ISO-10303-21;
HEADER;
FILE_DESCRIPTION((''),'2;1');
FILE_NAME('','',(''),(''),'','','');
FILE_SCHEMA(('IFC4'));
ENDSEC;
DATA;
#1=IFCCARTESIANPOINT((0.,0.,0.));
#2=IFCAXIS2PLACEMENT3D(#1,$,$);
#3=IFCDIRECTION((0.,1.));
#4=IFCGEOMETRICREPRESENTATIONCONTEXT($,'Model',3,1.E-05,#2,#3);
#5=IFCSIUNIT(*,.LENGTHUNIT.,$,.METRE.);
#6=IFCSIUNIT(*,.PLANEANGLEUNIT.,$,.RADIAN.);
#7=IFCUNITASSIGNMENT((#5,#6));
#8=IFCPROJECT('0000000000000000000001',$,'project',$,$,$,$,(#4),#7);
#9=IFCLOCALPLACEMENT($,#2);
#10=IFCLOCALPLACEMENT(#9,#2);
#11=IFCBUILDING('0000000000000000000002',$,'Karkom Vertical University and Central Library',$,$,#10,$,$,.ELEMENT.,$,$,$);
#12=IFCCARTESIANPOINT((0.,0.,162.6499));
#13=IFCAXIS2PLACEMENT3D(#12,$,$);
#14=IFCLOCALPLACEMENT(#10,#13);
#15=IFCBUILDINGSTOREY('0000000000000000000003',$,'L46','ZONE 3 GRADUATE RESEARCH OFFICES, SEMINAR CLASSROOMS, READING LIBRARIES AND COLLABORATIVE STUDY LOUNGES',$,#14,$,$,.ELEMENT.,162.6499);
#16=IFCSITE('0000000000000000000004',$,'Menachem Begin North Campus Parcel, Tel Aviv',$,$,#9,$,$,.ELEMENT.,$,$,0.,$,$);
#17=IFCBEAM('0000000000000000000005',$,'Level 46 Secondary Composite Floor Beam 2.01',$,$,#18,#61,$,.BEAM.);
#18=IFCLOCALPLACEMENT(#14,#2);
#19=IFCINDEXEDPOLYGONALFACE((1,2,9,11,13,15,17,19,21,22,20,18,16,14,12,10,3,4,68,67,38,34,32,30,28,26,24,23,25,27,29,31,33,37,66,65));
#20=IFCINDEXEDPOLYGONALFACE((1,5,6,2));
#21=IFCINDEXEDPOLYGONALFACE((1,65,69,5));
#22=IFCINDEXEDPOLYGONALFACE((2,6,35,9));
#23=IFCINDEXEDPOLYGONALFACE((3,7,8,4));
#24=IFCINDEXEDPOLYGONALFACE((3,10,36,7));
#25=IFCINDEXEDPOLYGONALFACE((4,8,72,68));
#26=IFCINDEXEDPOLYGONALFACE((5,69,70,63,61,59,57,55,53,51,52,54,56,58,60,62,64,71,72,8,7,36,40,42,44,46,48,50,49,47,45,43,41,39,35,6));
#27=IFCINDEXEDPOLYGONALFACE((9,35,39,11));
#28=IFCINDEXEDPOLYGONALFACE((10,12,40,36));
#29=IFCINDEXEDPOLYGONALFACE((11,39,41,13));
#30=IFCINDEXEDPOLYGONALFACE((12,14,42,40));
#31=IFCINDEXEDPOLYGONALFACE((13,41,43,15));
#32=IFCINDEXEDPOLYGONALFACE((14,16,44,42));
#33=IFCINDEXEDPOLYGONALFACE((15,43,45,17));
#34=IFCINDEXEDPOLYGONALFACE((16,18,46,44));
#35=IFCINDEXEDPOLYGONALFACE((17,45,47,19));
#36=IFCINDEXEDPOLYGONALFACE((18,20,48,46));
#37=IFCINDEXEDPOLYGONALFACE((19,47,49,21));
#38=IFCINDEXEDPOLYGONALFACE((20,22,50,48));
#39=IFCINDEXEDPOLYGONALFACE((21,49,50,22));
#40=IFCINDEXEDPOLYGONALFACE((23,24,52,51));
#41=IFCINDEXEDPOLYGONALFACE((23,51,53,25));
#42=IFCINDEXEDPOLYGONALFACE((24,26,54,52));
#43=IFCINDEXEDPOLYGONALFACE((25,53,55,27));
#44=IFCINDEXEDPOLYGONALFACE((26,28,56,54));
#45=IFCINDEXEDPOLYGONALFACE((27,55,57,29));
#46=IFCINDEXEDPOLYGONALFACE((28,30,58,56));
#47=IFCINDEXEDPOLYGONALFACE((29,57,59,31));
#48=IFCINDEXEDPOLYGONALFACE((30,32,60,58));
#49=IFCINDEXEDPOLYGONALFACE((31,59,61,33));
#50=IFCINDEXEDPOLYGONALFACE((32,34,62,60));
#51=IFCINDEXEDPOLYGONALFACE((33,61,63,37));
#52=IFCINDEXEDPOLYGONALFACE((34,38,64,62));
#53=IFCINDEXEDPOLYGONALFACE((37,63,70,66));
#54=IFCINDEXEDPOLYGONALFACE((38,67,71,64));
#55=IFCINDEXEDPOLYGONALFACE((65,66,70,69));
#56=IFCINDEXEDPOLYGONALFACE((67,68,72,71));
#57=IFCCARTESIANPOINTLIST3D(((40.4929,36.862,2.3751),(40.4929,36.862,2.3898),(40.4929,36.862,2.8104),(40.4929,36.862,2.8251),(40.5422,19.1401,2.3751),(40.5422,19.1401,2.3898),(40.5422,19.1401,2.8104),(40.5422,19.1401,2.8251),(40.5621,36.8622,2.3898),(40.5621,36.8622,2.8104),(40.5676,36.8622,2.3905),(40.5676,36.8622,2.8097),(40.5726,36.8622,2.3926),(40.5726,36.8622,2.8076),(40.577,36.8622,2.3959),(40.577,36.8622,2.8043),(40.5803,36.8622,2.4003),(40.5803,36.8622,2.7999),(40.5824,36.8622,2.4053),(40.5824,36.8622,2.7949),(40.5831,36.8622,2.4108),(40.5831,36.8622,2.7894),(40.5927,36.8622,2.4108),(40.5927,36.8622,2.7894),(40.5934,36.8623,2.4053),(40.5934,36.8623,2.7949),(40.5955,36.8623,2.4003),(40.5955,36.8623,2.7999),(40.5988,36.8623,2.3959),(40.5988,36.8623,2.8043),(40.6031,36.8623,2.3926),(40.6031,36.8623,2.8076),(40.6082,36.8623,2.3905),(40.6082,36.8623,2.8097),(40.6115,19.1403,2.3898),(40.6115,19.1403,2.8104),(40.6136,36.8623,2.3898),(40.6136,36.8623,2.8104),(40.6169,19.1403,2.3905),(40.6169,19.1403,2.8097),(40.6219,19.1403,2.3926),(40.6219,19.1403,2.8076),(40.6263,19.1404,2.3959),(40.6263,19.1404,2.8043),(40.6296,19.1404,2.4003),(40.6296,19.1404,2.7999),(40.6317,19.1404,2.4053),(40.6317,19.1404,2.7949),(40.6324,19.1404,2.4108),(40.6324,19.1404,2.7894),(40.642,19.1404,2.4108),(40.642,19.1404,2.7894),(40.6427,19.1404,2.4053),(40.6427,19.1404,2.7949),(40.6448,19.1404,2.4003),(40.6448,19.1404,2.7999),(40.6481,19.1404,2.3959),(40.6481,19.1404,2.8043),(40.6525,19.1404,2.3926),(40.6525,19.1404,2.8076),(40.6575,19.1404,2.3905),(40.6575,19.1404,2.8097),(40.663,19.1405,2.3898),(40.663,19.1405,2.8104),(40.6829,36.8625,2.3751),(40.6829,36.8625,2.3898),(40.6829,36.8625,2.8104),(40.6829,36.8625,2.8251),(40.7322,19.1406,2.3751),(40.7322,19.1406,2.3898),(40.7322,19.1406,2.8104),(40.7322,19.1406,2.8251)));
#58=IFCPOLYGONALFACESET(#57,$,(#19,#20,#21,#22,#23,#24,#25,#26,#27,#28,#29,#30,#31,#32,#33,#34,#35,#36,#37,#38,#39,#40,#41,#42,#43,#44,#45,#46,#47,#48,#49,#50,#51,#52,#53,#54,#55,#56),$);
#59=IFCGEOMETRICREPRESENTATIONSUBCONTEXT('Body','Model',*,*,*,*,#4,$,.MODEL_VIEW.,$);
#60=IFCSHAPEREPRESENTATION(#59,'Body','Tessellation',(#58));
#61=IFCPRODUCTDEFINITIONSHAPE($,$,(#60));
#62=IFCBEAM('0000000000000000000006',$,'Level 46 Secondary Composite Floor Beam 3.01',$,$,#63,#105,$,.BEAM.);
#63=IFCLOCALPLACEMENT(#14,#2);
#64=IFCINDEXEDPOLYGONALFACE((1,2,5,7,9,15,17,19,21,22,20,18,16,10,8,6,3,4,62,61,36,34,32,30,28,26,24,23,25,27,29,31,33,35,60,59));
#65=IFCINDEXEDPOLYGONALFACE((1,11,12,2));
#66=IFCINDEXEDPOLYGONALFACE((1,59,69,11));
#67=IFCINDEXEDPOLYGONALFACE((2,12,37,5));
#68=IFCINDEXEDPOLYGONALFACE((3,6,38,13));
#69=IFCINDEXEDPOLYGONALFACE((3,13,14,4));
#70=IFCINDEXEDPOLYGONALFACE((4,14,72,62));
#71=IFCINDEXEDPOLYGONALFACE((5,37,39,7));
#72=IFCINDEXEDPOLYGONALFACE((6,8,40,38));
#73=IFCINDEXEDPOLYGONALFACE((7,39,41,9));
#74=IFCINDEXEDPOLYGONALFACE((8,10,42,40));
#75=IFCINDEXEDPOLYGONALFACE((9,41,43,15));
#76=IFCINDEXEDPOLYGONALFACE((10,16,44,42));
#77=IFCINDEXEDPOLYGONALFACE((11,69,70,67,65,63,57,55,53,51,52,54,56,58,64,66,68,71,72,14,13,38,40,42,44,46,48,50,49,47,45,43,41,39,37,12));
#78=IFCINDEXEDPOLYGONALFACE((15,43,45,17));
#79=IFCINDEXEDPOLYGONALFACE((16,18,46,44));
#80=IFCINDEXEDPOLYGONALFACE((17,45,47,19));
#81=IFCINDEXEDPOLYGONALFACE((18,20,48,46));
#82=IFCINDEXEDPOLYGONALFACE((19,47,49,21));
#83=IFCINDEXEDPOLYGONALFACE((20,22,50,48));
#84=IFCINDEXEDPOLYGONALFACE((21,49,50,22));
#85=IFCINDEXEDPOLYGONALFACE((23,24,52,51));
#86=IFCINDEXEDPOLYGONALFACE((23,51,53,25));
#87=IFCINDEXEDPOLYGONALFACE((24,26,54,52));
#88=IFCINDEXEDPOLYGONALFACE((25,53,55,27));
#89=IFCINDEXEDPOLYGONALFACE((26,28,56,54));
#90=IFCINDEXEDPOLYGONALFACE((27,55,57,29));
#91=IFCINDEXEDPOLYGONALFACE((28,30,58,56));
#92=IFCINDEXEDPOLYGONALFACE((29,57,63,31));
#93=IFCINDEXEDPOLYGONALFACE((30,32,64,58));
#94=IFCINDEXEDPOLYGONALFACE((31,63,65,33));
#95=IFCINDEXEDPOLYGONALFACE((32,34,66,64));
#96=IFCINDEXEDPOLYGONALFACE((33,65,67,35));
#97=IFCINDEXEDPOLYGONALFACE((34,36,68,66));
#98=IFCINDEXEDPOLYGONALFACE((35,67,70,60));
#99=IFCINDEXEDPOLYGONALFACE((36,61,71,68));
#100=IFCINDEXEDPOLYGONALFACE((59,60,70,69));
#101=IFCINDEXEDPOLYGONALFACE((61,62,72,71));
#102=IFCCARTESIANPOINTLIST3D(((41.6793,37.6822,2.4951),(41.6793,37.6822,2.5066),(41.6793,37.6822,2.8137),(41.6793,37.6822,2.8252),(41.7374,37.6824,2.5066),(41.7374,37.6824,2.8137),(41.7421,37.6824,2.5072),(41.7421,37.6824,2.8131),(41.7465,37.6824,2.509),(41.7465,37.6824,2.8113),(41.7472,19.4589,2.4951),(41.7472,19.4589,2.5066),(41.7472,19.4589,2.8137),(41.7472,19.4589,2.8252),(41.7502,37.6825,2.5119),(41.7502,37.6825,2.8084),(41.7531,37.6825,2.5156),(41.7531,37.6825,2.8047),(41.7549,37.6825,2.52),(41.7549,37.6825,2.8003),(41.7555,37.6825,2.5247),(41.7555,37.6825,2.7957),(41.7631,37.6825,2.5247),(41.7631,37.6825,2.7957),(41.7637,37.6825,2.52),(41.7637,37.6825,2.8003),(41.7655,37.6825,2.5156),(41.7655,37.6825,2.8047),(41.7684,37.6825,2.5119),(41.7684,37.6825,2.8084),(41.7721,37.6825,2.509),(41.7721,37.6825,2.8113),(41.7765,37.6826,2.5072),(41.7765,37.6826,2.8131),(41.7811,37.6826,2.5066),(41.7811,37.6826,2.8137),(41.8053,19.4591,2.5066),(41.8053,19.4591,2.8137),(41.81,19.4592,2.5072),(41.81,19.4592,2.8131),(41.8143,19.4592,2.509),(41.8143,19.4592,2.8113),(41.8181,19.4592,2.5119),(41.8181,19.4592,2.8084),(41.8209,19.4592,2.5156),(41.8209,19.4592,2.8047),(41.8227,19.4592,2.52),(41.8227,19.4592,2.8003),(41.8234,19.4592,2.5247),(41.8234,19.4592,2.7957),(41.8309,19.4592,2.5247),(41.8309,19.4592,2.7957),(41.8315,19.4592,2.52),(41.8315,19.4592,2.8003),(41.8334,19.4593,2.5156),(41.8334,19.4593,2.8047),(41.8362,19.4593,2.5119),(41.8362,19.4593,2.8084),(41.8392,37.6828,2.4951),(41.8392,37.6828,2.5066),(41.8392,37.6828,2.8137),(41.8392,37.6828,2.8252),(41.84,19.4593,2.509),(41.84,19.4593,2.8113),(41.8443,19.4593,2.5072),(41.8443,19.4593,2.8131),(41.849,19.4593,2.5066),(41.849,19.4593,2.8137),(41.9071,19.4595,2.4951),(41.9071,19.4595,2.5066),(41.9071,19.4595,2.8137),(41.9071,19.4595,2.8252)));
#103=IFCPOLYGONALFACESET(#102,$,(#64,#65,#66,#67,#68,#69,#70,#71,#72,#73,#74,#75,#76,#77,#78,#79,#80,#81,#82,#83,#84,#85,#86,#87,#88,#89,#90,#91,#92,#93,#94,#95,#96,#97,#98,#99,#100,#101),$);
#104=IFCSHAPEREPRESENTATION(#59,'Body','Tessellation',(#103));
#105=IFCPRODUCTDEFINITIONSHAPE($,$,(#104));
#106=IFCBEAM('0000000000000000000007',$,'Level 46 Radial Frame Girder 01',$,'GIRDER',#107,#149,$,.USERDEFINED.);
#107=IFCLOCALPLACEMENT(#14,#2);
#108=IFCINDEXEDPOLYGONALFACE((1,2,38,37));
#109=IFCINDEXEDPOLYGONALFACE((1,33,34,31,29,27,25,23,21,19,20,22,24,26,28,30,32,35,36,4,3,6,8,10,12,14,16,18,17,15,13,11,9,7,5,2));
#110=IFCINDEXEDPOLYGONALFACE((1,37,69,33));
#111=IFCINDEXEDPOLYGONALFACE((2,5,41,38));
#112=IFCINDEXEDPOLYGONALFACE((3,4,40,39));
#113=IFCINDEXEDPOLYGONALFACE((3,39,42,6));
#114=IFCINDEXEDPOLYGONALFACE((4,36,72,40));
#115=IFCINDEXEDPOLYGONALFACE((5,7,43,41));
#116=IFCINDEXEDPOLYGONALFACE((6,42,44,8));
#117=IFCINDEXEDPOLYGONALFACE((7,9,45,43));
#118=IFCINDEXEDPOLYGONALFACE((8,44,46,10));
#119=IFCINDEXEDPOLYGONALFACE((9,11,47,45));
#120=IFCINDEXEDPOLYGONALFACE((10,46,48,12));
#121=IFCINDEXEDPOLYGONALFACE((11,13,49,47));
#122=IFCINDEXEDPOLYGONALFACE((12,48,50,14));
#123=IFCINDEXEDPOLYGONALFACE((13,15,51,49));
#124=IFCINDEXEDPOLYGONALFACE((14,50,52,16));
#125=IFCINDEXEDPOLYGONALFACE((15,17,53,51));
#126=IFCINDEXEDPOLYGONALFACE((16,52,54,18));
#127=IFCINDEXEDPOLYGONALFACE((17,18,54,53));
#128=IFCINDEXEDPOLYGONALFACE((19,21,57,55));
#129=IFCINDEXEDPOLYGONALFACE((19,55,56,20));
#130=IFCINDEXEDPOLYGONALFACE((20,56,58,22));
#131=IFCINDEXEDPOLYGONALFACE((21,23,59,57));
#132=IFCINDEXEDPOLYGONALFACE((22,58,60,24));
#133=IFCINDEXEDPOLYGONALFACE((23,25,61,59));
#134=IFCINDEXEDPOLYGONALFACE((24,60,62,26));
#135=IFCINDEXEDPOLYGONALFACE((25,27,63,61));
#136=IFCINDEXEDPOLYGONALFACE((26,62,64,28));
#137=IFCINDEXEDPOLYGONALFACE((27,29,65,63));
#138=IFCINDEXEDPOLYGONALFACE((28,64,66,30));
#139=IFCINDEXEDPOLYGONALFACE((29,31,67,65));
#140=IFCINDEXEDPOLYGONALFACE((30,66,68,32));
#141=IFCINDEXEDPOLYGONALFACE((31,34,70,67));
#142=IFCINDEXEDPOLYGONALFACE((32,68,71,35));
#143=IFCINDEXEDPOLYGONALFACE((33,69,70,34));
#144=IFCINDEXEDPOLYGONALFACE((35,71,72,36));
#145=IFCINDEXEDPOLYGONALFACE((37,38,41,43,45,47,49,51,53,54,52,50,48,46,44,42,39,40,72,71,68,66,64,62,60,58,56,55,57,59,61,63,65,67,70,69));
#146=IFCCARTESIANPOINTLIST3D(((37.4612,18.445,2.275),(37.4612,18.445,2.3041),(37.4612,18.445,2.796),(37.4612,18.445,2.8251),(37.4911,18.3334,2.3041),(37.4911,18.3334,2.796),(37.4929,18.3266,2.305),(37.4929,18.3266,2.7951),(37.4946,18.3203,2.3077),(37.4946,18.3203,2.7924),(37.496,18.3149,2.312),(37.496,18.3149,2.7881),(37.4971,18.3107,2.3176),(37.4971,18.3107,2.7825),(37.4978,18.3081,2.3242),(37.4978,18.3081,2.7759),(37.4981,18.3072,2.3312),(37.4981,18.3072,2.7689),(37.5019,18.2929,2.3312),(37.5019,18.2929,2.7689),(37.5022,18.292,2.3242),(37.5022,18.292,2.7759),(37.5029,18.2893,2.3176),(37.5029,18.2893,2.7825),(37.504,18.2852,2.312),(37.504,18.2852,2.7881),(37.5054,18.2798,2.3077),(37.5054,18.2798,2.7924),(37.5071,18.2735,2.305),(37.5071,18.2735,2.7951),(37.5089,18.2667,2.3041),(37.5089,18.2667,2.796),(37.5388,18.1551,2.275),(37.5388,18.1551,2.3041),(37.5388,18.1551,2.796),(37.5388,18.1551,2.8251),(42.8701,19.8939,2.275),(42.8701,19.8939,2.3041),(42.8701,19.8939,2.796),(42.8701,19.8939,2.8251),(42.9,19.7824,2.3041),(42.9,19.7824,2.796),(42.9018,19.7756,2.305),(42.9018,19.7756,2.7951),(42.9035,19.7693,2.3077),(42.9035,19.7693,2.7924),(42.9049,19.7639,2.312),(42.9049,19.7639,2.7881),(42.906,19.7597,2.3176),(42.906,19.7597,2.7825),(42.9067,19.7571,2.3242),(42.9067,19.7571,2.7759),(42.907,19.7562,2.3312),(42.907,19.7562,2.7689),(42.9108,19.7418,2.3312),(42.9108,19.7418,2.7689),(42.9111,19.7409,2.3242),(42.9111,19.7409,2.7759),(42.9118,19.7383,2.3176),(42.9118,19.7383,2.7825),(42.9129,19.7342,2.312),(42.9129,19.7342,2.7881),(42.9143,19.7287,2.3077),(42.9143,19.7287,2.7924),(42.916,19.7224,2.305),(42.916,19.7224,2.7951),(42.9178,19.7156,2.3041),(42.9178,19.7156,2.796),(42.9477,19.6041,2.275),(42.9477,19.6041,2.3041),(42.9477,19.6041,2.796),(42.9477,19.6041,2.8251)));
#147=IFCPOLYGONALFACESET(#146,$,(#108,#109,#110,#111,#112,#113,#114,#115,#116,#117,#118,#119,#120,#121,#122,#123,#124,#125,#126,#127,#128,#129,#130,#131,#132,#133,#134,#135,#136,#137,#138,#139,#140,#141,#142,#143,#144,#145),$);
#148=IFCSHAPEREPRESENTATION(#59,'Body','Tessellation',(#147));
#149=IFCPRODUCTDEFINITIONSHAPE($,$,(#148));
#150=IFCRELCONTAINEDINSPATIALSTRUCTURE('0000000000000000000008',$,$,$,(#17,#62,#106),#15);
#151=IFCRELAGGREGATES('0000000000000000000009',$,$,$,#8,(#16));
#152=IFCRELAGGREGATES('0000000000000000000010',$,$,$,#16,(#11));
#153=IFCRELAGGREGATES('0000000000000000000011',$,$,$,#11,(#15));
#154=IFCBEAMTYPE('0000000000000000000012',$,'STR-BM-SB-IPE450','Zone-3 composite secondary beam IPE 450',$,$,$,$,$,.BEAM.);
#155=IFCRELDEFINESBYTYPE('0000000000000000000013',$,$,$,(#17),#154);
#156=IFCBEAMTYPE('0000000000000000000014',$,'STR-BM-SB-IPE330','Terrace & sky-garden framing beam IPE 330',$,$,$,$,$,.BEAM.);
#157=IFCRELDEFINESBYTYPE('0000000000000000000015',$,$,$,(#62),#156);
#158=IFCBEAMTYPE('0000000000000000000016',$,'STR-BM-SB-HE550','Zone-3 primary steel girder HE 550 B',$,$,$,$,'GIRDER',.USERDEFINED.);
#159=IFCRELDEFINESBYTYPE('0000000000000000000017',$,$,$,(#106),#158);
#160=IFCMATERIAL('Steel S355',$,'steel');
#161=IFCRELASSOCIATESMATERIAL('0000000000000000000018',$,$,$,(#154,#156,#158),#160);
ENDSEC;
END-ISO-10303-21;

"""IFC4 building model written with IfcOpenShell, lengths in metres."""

from ifc_helpers import new_model, si_unit, direction, frame, origin, origin_with_axes, origin_2d, place, context, subcontext, project, spatial, i_section, extrude, source, transform, mapped, material, material_profile, profile_set, type_object, element, save


model = new_model("IFC4")

# Units and contexts
model_context = context("Model", 3, precision=1e-05, world=origin(), true_north=direction((0.0, 1.0)))
body_context = subcontext(model_context, "Body", "Model", "MODEL_VIEW")
ifc_project = project(units=[si_unit("LENGTHUNIT", "METRE"), si_unit("PLANEANGLEUNIT", "RADIAN")], contexts=[model_context])

# Site, building, storey
site_placement = place(None, origin())
site = spatial("IfcSite", under=ifc_project, at=site_placement, Name="Menachem Begin North Campus Parcel, Tel Aviv", CompositionType="ELEMENT", RefElevation=0.0)
building_placement = place(site_placement, origin())
building = spatial("IfcBuilding", under=site, at=building_placement, Name="Karkom Vertical University and Central Library", CompositionType="ELEMENT")
storey_placement = place(building_placement, frame((0.0, 0.0, 162.6499)))
storey = spatial("IfcBuildingStorey", under=building, at=storey_placement, Name="L46", Description="ZONE 3 GRADUATE RESEARCH OFFICES, SEMINAR CLASSROOMS, READING LIBRARIES AND COLLABORATIVE STUDY LOUNGES", CompositionType="ELEMENT", Elevation=162.6499)

# Beams
ifc_material_1 = material(Name="Steel S355", Category="steel")
ifc_material_profile_1 = material_profile(ifc_material_1, i_section(OverallWidth=0.1899, OverallDepth=0.45, WebThickness=0.0095, FlangeThickness=0.0146, FilletRadius=0.021, at=origin_2d()), Name="IPE 450")
ifc_profile_set_1 = profile_set([ifc_material_profile_1], Name="Steel S355")
beam_type_1 = type_object("IfcBeamType", Name="STR-BM-SB-IPE450", Description="Zone-3 composite secondary beam IPE 450", PredefinedType="BEAM", material=ifc_profile_set_1)
shared_shape_1 = source(origin_with_axes(), body_context, "Body", "SweptSolid", [
    extrude(i_section(OverallWidth=0.1899, OverallDepth=0.45, WebThickness=0.0095, FlangeThickness=0.0146, FilletRadius=0.021, at=origin_2d()), origin(), (0.0, 0.0, 1.0), 17.7219),
])
beam_1_placement = place(storey_placement, frame((40.6372, 19.1404, 2.6001), z_axis=(-0.002783, 0.999996, 0.0), x_axis=(-0.999996, -0.002783, 0.0)))
element("IfcBeam", 1, at=beam_1_placement, inside=storey, type_object=beam_type_1, Name="Level 46 Secondary Composite Floor Beam 2.01", PredefinedType="BEAM", context=body_context, shape_type="MappedRepresentation", body=[
    mapped(shared_shape_1, transform((0.0, 0.0, 0.0), scale=1.0)),
])
ifc_material_profile_2 = material_profile(ifc_material_1, i_section(OverallWidth=0.1599, OverallDepth=0.3301, WebThickness=0.0076, FlangeThickness=0.0115, FilletRadius=0.0181, at=origin_2d()), Name="IPE 330")
ifc_profile_set_2 = profile_set([ifc_material_profile_2], Name="Steel S355")
beam_type_2 = type_object("IfcBeamType", Name="STR-BM-SB-IPE330", Description="Terrace & sky-garden framing beam IPE 330", PredefinedType="BEAM", material=ifc_profile_set_2)
shared_shape_2 = source(origin_with_axes(), body_context, "Body", "SweptSolid", [
    extrude(i_section(OverallWidth=0.1599, OverallDepth=0.3301, WebThickness=0.0076, FlangeThickness=0.0115, FilletRadius=0.0181, at=origin_2d()), origin(), (0.0, 0.0, 1.0), 18.2234),
])
beam_2_placement = place(storey_placement, frame((41.8271, 19.4592, 2.6602), z_axis=(-0.003724, 0.999993, 0.0), x_axis=(-0.999993, -0.003724, 0.0)))
element("IfcBeam", 2, at=beam_2_placement, inside=storey, type_object=beam_type_2, Name="Level 46 Secondary Composite Floor Beam 3.01", PredefinedType="BEAM", context=body_context, shape_type="MappedRepresentation", body=[
    mapped(shared_shape_2, transform((0.0, 0.0, 0.0), scale=1.0)),
])
ifc_material_profile_3 = material_profile(ifc_material_1, i_section(OverallWidth=0.3, OverallDepth=0.55, WebThickness=0.0149, FlangeThickness=0.0291, FilletRadius=0.0271, at=origin_2d()), Name="HE 550 B")
ifc_profile_set_3 = profile_set([ifc_material_profile_3], Name="Steel S355")
beam_type_3 = type_object("IfcBeamType", Name="STR-BM-SB-HE550", Description="Zone-3 primary steel girder HE 550 B", ElementType="GIRDER", PredefinedType="USERDEFINED", material=ifc_profile_set_3)
shared_shape_3 = source(origin_with_axes(), body_context, "Body", "SweptSolid", [
    extrude(i_section(OverallWidth=0.3, OverallDepth=0.55, WebThickness=0.0149, FlangeThickness=0.0291, FilletRadius=0.0271, at=origin_2d()), origin(), (0.0, 0.0, 1.0), 5.5996),
])
beam_3_placement = place(storey_placement, frame((37.5, 18.3, 2.55), z_axis=(0.965941, 0.258762, 0.0), x_axis=(-0.258762, 0.965941, 0.0)))
element("IfcBeam", 3, at=beam_3_placement, inside=storey, type_object=beam_type_3, Name="Level 46 Radial Frame Girder 01", ObjectType="GIRDER", PredefinedType="USERDEFINED", context=body_context, shape_type="MappedRepresentation", body=[
    mapped(shared_shape_3, transform((0.0, 0.0, 0.0), scale=1.0)),
])

save(model, "model.ifc")
